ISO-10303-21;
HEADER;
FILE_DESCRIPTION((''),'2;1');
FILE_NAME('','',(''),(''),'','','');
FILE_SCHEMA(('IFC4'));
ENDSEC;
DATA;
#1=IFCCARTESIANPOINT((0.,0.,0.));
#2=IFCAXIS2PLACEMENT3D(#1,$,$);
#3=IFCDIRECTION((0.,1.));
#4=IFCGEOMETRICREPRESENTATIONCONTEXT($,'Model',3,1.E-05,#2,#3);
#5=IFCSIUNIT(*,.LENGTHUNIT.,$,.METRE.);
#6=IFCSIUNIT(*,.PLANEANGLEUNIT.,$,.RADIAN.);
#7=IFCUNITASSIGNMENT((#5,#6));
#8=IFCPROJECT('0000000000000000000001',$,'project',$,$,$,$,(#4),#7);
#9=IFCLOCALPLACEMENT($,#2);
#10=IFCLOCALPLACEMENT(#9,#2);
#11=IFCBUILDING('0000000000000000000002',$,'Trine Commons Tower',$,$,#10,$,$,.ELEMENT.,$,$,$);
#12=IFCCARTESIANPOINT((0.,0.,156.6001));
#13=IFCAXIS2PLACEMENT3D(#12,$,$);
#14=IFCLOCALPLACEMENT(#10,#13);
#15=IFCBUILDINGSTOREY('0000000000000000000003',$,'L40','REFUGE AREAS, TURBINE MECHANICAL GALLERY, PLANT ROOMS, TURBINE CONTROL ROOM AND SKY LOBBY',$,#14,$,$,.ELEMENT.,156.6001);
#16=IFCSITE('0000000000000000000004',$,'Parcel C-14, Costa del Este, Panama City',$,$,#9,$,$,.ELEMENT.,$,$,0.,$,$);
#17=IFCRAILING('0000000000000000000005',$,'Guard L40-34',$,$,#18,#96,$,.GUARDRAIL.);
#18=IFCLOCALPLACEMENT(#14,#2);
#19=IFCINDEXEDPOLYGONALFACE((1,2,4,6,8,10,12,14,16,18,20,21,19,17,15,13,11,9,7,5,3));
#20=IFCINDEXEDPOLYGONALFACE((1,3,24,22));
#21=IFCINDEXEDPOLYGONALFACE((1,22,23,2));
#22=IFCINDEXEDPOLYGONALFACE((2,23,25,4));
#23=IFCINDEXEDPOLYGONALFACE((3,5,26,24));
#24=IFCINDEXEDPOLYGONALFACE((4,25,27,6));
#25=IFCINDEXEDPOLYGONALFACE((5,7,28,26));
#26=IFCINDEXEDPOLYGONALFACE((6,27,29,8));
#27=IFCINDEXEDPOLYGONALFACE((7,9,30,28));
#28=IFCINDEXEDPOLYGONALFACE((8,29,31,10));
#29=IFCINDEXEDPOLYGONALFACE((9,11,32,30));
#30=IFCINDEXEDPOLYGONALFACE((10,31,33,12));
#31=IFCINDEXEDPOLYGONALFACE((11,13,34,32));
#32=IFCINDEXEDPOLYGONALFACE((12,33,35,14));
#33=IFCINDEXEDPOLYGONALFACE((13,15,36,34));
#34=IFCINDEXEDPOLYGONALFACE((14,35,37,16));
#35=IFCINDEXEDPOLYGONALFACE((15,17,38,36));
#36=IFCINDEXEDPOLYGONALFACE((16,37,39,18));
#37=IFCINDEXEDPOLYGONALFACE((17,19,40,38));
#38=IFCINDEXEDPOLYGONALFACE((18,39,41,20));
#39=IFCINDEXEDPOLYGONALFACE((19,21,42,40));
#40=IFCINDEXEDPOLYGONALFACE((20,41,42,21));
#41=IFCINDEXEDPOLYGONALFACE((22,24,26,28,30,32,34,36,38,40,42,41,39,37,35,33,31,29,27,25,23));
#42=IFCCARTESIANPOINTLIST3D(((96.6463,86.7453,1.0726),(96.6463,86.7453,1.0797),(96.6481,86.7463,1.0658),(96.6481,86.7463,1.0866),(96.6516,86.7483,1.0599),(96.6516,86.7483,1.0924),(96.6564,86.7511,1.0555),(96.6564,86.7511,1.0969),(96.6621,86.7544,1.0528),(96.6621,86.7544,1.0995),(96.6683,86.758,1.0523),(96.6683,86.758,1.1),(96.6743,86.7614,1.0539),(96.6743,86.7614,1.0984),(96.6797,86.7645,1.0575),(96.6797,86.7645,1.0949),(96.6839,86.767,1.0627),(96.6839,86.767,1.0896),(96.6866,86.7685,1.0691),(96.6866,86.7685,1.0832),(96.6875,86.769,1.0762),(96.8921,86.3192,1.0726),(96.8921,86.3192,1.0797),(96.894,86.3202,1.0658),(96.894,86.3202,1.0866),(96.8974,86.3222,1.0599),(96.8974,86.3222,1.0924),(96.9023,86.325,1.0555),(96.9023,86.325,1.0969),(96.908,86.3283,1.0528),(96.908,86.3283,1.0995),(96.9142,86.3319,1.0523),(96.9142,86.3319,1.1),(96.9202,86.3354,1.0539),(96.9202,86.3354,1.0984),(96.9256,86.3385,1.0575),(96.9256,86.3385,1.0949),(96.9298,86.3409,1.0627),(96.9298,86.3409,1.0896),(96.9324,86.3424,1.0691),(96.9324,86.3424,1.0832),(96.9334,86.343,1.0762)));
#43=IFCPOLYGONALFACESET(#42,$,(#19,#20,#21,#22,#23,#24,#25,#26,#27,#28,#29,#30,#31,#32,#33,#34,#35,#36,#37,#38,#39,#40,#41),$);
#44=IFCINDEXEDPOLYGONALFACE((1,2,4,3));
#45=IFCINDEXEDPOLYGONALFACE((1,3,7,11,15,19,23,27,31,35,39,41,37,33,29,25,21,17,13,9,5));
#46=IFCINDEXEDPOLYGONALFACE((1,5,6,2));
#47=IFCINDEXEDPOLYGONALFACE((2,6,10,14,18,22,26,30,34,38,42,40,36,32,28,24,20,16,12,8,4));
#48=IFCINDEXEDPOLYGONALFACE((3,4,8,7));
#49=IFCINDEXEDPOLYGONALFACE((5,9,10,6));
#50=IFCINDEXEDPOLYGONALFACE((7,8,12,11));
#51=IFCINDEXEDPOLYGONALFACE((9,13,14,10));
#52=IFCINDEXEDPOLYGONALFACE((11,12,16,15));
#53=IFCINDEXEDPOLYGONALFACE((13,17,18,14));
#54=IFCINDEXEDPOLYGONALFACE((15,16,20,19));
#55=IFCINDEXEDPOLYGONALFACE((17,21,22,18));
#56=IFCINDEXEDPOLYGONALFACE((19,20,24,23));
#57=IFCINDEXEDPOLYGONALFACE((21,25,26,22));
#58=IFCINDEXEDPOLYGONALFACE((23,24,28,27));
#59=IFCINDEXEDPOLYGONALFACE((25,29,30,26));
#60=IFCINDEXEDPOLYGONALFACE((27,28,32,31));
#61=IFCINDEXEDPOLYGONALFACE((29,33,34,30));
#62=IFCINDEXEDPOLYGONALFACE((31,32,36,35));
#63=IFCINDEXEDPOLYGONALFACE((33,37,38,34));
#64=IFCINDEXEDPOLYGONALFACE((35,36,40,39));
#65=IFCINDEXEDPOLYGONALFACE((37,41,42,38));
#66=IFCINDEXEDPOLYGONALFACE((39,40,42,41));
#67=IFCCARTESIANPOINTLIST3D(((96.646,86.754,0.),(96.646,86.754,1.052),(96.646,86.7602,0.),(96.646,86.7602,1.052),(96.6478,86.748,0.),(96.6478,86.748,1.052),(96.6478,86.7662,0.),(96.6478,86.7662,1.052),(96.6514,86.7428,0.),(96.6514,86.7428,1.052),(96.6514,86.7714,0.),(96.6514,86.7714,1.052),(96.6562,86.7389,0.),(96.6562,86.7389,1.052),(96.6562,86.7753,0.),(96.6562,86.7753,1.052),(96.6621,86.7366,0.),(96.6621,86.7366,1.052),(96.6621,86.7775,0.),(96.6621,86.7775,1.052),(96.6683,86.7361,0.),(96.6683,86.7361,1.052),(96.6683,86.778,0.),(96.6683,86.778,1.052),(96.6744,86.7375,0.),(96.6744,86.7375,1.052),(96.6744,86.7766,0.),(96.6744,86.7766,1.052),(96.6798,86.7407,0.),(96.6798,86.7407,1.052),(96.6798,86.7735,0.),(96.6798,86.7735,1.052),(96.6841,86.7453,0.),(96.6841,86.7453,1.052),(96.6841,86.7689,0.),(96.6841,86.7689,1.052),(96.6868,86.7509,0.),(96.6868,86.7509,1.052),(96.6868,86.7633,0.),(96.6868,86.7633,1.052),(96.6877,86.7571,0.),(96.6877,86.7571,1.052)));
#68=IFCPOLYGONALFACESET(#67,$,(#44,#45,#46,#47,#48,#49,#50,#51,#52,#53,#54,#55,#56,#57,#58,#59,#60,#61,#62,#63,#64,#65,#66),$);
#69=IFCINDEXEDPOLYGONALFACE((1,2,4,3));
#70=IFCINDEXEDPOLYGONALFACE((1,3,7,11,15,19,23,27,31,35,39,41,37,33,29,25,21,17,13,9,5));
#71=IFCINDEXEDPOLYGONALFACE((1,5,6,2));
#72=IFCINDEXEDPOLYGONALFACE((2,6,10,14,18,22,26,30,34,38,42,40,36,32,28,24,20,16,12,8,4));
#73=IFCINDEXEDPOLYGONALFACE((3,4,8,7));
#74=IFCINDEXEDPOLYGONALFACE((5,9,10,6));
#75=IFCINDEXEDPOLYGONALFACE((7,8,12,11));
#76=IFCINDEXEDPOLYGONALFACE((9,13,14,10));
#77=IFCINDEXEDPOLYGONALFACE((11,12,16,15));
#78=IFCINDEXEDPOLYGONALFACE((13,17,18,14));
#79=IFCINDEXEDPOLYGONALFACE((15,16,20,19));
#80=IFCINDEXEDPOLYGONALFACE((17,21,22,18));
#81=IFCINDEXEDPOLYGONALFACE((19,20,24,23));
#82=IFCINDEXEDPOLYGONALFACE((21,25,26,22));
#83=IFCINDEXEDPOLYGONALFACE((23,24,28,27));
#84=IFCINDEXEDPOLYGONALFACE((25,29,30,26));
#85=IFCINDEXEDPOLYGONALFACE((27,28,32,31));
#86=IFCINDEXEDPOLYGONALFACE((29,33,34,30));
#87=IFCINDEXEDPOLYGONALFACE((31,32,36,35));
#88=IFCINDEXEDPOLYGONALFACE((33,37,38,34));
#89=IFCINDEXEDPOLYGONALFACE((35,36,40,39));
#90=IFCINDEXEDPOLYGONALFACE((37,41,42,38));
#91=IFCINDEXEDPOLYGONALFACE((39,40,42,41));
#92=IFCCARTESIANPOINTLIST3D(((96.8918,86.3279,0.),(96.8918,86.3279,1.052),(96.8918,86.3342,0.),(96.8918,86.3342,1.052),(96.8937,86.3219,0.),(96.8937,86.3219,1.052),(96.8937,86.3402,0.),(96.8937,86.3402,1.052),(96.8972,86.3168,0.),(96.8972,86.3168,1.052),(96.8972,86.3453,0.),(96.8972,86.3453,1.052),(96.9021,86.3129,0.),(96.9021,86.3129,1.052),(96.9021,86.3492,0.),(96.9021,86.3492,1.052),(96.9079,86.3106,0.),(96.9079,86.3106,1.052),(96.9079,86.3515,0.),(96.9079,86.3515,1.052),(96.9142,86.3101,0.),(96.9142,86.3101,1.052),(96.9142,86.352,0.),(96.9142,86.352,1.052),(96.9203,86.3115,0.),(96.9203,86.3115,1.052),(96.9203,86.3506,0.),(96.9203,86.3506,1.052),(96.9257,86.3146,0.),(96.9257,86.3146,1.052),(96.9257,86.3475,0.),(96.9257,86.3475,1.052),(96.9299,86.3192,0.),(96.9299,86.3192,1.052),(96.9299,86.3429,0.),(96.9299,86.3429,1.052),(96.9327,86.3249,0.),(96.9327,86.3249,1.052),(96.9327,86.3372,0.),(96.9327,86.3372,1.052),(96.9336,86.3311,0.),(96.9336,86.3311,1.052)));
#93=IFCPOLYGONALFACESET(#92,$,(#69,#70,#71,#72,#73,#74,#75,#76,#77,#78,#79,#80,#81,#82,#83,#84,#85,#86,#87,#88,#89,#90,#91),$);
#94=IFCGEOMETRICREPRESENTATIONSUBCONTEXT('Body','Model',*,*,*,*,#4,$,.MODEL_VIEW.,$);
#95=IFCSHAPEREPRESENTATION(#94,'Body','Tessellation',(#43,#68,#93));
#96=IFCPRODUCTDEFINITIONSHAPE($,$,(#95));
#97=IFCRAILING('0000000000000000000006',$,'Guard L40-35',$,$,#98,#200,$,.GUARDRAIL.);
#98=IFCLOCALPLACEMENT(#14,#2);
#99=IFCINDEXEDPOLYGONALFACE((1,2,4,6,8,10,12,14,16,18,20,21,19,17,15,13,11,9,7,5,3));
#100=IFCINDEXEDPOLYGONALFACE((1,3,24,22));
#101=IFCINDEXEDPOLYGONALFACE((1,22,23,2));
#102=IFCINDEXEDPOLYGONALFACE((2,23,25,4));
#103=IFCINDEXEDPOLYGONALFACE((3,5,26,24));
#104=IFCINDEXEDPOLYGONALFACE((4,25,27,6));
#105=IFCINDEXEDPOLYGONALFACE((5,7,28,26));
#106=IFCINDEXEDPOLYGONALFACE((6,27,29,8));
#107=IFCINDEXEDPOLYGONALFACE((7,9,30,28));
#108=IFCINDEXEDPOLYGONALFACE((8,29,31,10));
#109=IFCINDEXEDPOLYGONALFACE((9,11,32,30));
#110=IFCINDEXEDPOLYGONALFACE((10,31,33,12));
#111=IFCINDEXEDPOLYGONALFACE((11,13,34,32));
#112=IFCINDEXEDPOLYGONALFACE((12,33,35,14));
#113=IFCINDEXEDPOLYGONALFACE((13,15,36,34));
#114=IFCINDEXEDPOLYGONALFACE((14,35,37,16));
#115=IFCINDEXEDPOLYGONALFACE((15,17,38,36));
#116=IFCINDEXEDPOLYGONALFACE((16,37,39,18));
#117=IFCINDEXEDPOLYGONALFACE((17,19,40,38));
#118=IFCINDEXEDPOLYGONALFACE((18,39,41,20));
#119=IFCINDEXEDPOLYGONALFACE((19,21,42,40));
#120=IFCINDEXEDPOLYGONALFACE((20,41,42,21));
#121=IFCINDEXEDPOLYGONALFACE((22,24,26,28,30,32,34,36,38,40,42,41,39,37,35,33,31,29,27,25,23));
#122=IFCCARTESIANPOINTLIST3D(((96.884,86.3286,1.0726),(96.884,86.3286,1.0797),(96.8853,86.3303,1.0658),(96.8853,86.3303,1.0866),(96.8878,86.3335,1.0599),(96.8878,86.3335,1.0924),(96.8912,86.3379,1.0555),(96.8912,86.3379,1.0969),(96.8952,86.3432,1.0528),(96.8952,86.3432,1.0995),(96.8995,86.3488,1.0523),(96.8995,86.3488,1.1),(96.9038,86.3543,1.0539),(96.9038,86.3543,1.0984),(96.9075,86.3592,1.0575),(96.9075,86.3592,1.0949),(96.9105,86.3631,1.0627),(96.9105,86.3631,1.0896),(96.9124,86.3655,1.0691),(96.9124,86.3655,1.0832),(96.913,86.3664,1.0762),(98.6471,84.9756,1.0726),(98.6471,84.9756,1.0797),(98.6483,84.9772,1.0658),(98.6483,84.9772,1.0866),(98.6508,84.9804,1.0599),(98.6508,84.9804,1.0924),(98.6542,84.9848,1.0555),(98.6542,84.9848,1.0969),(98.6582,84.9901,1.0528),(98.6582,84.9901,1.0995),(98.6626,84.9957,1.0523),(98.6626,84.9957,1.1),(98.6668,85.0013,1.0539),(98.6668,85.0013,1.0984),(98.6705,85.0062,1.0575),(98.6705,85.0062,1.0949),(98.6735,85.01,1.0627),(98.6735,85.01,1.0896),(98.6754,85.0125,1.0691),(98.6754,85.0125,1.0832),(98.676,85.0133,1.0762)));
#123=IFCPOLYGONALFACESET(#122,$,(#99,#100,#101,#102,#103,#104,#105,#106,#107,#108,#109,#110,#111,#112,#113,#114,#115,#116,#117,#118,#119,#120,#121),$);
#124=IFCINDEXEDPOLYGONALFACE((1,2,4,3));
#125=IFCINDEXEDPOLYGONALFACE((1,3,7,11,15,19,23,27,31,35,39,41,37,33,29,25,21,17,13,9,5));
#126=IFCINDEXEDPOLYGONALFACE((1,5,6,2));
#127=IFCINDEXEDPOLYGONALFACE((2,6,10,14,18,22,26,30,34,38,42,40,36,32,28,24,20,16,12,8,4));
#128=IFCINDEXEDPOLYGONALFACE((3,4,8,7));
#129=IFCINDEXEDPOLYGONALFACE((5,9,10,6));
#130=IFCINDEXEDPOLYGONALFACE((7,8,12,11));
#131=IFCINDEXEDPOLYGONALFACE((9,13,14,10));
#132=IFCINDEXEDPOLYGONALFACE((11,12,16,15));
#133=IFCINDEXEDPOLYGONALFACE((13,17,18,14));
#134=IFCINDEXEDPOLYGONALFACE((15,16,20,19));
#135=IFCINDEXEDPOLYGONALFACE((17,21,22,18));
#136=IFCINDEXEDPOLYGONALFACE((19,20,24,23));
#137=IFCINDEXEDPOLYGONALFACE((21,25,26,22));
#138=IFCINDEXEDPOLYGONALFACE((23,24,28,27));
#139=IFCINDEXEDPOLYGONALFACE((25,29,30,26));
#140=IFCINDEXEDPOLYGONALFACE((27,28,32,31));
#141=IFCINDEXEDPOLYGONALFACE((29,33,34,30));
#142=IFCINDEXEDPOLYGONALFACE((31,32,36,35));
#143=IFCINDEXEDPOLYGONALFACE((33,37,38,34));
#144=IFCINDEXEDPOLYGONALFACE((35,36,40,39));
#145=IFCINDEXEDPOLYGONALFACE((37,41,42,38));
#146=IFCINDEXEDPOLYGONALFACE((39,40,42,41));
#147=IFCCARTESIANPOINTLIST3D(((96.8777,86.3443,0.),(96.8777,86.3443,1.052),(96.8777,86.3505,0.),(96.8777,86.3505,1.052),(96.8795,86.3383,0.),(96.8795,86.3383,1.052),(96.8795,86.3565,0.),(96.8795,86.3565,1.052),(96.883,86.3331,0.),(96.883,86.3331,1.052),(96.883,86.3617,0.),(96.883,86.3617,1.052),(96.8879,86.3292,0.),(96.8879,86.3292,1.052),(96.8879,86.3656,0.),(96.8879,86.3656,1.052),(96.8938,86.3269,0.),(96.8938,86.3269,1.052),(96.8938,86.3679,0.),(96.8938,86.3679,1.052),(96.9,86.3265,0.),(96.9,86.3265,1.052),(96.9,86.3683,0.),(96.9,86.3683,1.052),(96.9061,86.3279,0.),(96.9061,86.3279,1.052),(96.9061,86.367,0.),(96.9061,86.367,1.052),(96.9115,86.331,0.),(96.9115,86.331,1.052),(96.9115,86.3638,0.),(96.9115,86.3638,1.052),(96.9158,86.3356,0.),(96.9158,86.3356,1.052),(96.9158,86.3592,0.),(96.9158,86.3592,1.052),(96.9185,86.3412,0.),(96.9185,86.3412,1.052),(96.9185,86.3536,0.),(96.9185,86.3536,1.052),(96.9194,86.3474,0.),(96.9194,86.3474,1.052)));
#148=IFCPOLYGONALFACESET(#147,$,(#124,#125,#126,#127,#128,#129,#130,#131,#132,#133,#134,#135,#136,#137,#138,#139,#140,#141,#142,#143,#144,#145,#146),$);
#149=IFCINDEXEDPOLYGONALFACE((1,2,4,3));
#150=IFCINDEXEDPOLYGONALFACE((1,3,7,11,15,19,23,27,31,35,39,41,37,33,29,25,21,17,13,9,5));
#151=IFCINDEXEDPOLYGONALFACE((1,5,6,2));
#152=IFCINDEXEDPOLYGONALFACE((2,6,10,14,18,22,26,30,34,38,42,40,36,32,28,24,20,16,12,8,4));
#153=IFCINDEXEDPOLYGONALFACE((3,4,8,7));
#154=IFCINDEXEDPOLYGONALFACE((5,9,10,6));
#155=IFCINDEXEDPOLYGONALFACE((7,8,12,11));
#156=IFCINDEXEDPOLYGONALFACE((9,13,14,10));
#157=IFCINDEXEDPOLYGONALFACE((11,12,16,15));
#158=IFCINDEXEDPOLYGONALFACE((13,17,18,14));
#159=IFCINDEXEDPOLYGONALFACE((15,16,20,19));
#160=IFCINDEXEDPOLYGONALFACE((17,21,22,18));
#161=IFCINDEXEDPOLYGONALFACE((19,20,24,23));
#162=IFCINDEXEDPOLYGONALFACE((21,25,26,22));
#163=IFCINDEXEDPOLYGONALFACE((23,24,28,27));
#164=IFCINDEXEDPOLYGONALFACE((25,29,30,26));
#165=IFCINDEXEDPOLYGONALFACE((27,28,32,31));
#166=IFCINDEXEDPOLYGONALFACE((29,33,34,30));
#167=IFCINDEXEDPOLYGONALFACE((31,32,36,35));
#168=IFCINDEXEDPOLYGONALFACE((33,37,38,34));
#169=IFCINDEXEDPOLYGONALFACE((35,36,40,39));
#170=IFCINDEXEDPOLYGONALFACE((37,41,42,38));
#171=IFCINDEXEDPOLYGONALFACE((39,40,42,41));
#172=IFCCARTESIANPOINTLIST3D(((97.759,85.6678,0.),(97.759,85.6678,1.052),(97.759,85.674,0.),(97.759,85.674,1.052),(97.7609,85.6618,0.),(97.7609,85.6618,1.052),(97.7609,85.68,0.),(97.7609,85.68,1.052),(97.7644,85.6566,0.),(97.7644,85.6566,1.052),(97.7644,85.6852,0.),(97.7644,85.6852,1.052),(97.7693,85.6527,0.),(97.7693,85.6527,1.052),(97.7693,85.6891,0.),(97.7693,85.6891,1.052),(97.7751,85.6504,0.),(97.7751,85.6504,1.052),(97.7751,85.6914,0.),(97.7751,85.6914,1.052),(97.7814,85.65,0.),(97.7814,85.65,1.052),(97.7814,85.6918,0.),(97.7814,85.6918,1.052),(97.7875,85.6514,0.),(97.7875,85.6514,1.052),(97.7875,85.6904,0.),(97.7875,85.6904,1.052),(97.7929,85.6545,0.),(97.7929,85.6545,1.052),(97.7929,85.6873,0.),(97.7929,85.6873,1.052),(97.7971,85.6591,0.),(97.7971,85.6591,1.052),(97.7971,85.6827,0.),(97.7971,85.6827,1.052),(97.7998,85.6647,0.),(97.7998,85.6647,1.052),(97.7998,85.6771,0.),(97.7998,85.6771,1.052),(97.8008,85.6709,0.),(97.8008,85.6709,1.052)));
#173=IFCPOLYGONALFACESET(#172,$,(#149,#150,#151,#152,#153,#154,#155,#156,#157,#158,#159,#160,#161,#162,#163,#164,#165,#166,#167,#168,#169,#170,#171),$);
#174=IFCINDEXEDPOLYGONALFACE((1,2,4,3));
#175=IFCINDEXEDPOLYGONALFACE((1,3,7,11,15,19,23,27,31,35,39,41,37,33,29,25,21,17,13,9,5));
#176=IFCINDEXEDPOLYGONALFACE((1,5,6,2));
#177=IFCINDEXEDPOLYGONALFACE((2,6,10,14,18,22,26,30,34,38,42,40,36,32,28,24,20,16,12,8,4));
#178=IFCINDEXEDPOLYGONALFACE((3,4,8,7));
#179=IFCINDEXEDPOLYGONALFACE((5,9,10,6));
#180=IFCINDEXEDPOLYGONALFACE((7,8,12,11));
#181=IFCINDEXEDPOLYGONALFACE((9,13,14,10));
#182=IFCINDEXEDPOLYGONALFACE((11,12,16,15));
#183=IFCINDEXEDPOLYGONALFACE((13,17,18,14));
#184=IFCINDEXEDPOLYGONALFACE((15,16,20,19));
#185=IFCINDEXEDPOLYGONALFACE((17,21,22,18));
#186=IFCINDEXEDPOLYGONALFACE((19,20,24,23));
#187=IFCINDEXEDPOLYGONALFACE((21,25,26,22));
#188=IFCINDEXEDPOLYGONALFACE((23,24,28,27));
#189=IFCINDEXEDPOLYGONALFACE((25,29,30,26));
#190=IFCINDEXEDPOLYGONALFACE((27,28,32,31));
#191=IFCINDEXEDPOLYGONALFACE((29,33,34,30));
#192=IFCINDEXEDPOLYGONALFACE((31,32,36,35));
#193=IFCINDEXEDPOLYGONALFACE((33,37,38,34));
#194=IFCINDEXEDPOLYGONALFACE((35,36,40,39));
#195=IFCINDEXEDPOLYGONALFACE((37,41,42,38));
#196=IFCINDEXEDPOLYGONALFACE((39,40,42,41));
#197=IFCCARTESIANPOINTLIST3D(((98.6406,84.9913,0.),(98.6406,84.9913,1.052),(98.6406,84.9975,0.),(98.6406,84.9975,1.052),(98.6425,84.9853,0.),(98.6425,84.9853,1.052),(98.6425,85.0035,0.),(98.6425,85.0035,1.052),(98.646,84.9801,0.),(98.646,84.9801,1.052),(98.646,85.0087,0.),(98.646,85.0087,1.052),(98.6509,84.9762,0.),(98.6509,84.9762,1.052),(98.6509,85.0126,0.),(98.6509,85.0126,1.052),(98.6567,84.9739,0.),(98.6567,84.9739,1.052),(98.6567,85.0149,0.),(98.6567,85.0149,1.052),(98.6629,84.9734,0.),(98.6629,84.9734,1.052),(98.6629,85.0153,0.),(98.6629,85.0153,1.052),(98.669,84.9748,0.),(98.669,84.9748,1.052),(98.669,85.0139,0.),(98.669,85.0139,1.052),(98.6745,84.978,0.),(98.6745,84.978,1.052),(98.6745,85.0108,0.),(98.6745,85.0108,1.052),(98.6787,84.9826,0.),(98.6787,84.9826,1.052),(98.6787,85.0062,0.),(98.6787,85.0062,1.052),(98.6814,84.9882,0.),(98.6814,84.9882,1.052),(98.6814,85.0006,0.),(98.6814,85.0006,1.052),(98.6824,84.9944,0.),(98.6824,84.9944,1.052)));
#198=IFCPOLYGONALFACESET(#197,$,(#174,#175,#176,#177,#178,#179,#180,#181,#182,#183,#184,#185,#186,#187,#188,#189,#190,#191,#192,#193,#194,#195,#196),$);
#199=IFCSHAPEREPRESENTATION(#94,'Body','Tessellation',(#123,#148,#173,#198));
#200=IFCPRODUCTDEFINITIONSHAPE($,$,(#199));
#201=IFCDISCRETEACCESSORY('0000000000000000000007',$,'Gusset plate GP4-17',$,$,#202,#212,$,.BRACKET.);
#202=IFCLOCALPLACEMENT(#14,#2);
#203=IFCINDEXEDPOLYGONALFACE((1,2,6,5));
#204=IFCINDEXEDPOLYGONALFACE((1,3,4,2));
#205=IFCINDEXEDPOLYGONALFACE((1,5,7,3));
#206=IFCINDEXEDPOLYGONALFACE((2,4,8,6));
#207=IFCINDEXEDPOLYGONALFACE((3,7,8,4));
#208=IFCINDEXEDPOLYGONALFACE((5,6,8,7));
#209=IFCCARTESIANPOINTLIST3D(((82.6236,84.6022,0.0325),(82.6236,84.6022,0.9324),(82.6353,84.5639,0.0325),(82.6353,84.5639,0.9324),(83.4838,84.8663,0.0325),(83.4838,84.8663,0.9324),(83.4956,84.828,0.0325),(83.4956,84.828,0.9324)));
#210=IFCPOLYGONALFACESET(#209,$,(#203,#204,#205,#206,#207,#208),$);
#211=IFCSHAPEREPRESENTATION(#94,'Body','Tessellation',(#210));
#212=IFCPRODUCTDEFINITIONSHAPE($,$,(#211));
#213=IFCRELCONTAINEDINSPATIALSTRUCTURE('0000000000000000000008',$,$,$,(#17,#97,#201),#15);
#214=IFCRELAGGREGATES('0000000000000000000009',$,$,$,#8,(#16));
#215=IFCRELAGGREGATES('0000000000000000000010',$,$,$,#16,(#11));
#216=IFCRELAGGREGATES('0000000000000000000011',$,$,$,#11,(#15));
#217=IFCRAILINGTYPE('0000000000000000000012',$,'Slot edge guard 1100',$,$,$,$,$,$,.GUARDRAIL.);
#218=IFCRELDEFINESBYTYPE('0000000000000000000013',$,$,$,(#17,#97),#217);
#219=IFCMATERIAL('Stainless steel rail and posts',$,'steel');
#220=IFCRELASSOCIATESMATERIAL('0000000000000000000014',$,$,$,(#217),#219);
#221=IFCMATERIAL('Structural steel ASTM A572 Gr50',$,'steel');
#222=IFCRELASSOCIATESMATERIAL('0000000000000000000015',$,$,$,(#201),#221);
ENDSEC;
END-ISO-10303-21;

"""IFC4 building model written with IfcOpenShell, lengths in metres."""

from ifc_helpers import new_model, si_unit, direction, frame, origin, origin_2d, place, context, subcontext, project, spatial, rectangle, circle, extrude, material, type_object, element, save


model = new_model("IFC4")

# Units and contexts
model_context = context("Model", 3, precision=1e-05, world=origin(), true_north=direction((0.0, 1.0)))
body_context = subcontext(model_context, "Body", "Model", "MODEL_VIEW")
ifc_project = project(units=[si_unit("LENGTHUNIT", "METRE"), si_unit("PLANEANGLEUNIT", "RADIAN")], contexts=[model_context])

# Site, building, storey
site_placement = place(None, origin())
site = spatial("IfcSite", under=ifc_project, at=site_placement, Name="Parcel C-14, Costa del Este, Panama City", CompositionType="ELEMENT", RefElevation=0.0)
building_placement = place(site_placement, origin())
building = spatial("IfcBuilding", under=site, at=building_placement, Name="Trine Commons Tower", CompositionType="ELEMENT")
storey_placement = place(building_placement, frame((0.0, 0.0, 156.6001)))
storey = spatial("IfcBuildingStorey", under=building, at=storey_placement, Name="L40", Description="REFUGE AREAS, TURBINE MECHANICAL GALLERY, PLANT ROOMS, TURBINE CONTROL ROOM AND SKY LOBBY", CompositionType="ELEMENT", Elevation=156.6001)

# Railings
ifc_material_1 = material(Name="Stainless steel rail and posts", Category="steel")
railing_type = type_object("IfcRailingType", Name="Slot edge guard 1100", PredefinedType="GUARDRAIL", material=ifc_material_1)
railing_1_placement = place(storey_placement, frame((96.6667, 86.7571, 0.0)))
element("IfcRailing", 1, at=railing_1_placement, inside=storey, type_object=railing_type, Name="Guard L40-34", PredefinedType="GUARDRAIL", context=body_context, shape_type="SweptSolid", body=[
    extrude(circle(Radius=0.0239, at=origin_2d()), frame((0.0, 0.0, 1.0762), z_axis=(0.499823, -0.866128, 0.0), x_axis=(0.866128, 0.499823, 0.0)), (0.0, 0.0, 1.0), 0.4919),
    extrude(circle(Radius=0.021, at=origin_2d()), origin(), (0.0, 0.0, 1.0), 1.052),
    extrude(circle(Radius=0.021, at=origin_2d()), frame((0.2458, -0.426, 0.0)), (0.0, 0.0, 1.0), 1.052),
])
railing_2_placement = place(storey_placement, frame((96.8984, 86.3474, 0.0)))
element("IfcRailing", 2, at=railing_2_placement, inside=storey, type_object=railing_type, Name="Guard L40-35", PredefinedType="GUARDRAIL", context=body_context, shape_type="SweptSolid", body=[
    extrude(circle(Radius=0.0239, at=origin_2d()), frame((0.0, 0.0, 1.0762), z_axis=(0.793293, -0.60884, 0.0), x_axis=(0.60884, 0.793293, 0.0)), (0.0, 0.0, 1.0), 2.2224),
    extrude(circle(Radius=0.021, at=origin_2d()), origin(), (0.0, 0.0, 1.0), 1.052),
    extrude(circle(Radius=0.021, at=origin_2d()), frame((0.8813, -0.6765, 0.0)), (0.0, 0.0, 1.0), 1.052),
    extrude(circle(Radius=0.021, at=origin_2d()), frame((1.7629, -1.353, 0.0)), (0.0, 0.0, 1.0), 1.052),
])

# Discrete accessory
ifc_material_2 = material(Name="Structural steel ASTM A572 Gr50", Category="steel")
for number, where, z_axis, x_axis, name in (
    (3, (83.0596, 84.7151, 0.0325), (0.0, 0.0, 1.0), (-0.955952, -0.293523, 0.0), "Gusset plate GP4-17"),
):
    element("IfcDiscreteAccessory", number, at=place(storey_placement, frame(where, z_axis=z_axis, x_axis=x_axis)), inside=storey, material=ifc_material_2, Name=name, PredefinedType="BRACKET", context=body_context, shape_type="SweptSolid", body=[
        extrude(rectangle(XDim=0.8999, YDim=0.04, at=origin_2d()), origin(), (0.0, 0.0, 1.0), 0.8999),
    ])

save(model, "model.ifc")
